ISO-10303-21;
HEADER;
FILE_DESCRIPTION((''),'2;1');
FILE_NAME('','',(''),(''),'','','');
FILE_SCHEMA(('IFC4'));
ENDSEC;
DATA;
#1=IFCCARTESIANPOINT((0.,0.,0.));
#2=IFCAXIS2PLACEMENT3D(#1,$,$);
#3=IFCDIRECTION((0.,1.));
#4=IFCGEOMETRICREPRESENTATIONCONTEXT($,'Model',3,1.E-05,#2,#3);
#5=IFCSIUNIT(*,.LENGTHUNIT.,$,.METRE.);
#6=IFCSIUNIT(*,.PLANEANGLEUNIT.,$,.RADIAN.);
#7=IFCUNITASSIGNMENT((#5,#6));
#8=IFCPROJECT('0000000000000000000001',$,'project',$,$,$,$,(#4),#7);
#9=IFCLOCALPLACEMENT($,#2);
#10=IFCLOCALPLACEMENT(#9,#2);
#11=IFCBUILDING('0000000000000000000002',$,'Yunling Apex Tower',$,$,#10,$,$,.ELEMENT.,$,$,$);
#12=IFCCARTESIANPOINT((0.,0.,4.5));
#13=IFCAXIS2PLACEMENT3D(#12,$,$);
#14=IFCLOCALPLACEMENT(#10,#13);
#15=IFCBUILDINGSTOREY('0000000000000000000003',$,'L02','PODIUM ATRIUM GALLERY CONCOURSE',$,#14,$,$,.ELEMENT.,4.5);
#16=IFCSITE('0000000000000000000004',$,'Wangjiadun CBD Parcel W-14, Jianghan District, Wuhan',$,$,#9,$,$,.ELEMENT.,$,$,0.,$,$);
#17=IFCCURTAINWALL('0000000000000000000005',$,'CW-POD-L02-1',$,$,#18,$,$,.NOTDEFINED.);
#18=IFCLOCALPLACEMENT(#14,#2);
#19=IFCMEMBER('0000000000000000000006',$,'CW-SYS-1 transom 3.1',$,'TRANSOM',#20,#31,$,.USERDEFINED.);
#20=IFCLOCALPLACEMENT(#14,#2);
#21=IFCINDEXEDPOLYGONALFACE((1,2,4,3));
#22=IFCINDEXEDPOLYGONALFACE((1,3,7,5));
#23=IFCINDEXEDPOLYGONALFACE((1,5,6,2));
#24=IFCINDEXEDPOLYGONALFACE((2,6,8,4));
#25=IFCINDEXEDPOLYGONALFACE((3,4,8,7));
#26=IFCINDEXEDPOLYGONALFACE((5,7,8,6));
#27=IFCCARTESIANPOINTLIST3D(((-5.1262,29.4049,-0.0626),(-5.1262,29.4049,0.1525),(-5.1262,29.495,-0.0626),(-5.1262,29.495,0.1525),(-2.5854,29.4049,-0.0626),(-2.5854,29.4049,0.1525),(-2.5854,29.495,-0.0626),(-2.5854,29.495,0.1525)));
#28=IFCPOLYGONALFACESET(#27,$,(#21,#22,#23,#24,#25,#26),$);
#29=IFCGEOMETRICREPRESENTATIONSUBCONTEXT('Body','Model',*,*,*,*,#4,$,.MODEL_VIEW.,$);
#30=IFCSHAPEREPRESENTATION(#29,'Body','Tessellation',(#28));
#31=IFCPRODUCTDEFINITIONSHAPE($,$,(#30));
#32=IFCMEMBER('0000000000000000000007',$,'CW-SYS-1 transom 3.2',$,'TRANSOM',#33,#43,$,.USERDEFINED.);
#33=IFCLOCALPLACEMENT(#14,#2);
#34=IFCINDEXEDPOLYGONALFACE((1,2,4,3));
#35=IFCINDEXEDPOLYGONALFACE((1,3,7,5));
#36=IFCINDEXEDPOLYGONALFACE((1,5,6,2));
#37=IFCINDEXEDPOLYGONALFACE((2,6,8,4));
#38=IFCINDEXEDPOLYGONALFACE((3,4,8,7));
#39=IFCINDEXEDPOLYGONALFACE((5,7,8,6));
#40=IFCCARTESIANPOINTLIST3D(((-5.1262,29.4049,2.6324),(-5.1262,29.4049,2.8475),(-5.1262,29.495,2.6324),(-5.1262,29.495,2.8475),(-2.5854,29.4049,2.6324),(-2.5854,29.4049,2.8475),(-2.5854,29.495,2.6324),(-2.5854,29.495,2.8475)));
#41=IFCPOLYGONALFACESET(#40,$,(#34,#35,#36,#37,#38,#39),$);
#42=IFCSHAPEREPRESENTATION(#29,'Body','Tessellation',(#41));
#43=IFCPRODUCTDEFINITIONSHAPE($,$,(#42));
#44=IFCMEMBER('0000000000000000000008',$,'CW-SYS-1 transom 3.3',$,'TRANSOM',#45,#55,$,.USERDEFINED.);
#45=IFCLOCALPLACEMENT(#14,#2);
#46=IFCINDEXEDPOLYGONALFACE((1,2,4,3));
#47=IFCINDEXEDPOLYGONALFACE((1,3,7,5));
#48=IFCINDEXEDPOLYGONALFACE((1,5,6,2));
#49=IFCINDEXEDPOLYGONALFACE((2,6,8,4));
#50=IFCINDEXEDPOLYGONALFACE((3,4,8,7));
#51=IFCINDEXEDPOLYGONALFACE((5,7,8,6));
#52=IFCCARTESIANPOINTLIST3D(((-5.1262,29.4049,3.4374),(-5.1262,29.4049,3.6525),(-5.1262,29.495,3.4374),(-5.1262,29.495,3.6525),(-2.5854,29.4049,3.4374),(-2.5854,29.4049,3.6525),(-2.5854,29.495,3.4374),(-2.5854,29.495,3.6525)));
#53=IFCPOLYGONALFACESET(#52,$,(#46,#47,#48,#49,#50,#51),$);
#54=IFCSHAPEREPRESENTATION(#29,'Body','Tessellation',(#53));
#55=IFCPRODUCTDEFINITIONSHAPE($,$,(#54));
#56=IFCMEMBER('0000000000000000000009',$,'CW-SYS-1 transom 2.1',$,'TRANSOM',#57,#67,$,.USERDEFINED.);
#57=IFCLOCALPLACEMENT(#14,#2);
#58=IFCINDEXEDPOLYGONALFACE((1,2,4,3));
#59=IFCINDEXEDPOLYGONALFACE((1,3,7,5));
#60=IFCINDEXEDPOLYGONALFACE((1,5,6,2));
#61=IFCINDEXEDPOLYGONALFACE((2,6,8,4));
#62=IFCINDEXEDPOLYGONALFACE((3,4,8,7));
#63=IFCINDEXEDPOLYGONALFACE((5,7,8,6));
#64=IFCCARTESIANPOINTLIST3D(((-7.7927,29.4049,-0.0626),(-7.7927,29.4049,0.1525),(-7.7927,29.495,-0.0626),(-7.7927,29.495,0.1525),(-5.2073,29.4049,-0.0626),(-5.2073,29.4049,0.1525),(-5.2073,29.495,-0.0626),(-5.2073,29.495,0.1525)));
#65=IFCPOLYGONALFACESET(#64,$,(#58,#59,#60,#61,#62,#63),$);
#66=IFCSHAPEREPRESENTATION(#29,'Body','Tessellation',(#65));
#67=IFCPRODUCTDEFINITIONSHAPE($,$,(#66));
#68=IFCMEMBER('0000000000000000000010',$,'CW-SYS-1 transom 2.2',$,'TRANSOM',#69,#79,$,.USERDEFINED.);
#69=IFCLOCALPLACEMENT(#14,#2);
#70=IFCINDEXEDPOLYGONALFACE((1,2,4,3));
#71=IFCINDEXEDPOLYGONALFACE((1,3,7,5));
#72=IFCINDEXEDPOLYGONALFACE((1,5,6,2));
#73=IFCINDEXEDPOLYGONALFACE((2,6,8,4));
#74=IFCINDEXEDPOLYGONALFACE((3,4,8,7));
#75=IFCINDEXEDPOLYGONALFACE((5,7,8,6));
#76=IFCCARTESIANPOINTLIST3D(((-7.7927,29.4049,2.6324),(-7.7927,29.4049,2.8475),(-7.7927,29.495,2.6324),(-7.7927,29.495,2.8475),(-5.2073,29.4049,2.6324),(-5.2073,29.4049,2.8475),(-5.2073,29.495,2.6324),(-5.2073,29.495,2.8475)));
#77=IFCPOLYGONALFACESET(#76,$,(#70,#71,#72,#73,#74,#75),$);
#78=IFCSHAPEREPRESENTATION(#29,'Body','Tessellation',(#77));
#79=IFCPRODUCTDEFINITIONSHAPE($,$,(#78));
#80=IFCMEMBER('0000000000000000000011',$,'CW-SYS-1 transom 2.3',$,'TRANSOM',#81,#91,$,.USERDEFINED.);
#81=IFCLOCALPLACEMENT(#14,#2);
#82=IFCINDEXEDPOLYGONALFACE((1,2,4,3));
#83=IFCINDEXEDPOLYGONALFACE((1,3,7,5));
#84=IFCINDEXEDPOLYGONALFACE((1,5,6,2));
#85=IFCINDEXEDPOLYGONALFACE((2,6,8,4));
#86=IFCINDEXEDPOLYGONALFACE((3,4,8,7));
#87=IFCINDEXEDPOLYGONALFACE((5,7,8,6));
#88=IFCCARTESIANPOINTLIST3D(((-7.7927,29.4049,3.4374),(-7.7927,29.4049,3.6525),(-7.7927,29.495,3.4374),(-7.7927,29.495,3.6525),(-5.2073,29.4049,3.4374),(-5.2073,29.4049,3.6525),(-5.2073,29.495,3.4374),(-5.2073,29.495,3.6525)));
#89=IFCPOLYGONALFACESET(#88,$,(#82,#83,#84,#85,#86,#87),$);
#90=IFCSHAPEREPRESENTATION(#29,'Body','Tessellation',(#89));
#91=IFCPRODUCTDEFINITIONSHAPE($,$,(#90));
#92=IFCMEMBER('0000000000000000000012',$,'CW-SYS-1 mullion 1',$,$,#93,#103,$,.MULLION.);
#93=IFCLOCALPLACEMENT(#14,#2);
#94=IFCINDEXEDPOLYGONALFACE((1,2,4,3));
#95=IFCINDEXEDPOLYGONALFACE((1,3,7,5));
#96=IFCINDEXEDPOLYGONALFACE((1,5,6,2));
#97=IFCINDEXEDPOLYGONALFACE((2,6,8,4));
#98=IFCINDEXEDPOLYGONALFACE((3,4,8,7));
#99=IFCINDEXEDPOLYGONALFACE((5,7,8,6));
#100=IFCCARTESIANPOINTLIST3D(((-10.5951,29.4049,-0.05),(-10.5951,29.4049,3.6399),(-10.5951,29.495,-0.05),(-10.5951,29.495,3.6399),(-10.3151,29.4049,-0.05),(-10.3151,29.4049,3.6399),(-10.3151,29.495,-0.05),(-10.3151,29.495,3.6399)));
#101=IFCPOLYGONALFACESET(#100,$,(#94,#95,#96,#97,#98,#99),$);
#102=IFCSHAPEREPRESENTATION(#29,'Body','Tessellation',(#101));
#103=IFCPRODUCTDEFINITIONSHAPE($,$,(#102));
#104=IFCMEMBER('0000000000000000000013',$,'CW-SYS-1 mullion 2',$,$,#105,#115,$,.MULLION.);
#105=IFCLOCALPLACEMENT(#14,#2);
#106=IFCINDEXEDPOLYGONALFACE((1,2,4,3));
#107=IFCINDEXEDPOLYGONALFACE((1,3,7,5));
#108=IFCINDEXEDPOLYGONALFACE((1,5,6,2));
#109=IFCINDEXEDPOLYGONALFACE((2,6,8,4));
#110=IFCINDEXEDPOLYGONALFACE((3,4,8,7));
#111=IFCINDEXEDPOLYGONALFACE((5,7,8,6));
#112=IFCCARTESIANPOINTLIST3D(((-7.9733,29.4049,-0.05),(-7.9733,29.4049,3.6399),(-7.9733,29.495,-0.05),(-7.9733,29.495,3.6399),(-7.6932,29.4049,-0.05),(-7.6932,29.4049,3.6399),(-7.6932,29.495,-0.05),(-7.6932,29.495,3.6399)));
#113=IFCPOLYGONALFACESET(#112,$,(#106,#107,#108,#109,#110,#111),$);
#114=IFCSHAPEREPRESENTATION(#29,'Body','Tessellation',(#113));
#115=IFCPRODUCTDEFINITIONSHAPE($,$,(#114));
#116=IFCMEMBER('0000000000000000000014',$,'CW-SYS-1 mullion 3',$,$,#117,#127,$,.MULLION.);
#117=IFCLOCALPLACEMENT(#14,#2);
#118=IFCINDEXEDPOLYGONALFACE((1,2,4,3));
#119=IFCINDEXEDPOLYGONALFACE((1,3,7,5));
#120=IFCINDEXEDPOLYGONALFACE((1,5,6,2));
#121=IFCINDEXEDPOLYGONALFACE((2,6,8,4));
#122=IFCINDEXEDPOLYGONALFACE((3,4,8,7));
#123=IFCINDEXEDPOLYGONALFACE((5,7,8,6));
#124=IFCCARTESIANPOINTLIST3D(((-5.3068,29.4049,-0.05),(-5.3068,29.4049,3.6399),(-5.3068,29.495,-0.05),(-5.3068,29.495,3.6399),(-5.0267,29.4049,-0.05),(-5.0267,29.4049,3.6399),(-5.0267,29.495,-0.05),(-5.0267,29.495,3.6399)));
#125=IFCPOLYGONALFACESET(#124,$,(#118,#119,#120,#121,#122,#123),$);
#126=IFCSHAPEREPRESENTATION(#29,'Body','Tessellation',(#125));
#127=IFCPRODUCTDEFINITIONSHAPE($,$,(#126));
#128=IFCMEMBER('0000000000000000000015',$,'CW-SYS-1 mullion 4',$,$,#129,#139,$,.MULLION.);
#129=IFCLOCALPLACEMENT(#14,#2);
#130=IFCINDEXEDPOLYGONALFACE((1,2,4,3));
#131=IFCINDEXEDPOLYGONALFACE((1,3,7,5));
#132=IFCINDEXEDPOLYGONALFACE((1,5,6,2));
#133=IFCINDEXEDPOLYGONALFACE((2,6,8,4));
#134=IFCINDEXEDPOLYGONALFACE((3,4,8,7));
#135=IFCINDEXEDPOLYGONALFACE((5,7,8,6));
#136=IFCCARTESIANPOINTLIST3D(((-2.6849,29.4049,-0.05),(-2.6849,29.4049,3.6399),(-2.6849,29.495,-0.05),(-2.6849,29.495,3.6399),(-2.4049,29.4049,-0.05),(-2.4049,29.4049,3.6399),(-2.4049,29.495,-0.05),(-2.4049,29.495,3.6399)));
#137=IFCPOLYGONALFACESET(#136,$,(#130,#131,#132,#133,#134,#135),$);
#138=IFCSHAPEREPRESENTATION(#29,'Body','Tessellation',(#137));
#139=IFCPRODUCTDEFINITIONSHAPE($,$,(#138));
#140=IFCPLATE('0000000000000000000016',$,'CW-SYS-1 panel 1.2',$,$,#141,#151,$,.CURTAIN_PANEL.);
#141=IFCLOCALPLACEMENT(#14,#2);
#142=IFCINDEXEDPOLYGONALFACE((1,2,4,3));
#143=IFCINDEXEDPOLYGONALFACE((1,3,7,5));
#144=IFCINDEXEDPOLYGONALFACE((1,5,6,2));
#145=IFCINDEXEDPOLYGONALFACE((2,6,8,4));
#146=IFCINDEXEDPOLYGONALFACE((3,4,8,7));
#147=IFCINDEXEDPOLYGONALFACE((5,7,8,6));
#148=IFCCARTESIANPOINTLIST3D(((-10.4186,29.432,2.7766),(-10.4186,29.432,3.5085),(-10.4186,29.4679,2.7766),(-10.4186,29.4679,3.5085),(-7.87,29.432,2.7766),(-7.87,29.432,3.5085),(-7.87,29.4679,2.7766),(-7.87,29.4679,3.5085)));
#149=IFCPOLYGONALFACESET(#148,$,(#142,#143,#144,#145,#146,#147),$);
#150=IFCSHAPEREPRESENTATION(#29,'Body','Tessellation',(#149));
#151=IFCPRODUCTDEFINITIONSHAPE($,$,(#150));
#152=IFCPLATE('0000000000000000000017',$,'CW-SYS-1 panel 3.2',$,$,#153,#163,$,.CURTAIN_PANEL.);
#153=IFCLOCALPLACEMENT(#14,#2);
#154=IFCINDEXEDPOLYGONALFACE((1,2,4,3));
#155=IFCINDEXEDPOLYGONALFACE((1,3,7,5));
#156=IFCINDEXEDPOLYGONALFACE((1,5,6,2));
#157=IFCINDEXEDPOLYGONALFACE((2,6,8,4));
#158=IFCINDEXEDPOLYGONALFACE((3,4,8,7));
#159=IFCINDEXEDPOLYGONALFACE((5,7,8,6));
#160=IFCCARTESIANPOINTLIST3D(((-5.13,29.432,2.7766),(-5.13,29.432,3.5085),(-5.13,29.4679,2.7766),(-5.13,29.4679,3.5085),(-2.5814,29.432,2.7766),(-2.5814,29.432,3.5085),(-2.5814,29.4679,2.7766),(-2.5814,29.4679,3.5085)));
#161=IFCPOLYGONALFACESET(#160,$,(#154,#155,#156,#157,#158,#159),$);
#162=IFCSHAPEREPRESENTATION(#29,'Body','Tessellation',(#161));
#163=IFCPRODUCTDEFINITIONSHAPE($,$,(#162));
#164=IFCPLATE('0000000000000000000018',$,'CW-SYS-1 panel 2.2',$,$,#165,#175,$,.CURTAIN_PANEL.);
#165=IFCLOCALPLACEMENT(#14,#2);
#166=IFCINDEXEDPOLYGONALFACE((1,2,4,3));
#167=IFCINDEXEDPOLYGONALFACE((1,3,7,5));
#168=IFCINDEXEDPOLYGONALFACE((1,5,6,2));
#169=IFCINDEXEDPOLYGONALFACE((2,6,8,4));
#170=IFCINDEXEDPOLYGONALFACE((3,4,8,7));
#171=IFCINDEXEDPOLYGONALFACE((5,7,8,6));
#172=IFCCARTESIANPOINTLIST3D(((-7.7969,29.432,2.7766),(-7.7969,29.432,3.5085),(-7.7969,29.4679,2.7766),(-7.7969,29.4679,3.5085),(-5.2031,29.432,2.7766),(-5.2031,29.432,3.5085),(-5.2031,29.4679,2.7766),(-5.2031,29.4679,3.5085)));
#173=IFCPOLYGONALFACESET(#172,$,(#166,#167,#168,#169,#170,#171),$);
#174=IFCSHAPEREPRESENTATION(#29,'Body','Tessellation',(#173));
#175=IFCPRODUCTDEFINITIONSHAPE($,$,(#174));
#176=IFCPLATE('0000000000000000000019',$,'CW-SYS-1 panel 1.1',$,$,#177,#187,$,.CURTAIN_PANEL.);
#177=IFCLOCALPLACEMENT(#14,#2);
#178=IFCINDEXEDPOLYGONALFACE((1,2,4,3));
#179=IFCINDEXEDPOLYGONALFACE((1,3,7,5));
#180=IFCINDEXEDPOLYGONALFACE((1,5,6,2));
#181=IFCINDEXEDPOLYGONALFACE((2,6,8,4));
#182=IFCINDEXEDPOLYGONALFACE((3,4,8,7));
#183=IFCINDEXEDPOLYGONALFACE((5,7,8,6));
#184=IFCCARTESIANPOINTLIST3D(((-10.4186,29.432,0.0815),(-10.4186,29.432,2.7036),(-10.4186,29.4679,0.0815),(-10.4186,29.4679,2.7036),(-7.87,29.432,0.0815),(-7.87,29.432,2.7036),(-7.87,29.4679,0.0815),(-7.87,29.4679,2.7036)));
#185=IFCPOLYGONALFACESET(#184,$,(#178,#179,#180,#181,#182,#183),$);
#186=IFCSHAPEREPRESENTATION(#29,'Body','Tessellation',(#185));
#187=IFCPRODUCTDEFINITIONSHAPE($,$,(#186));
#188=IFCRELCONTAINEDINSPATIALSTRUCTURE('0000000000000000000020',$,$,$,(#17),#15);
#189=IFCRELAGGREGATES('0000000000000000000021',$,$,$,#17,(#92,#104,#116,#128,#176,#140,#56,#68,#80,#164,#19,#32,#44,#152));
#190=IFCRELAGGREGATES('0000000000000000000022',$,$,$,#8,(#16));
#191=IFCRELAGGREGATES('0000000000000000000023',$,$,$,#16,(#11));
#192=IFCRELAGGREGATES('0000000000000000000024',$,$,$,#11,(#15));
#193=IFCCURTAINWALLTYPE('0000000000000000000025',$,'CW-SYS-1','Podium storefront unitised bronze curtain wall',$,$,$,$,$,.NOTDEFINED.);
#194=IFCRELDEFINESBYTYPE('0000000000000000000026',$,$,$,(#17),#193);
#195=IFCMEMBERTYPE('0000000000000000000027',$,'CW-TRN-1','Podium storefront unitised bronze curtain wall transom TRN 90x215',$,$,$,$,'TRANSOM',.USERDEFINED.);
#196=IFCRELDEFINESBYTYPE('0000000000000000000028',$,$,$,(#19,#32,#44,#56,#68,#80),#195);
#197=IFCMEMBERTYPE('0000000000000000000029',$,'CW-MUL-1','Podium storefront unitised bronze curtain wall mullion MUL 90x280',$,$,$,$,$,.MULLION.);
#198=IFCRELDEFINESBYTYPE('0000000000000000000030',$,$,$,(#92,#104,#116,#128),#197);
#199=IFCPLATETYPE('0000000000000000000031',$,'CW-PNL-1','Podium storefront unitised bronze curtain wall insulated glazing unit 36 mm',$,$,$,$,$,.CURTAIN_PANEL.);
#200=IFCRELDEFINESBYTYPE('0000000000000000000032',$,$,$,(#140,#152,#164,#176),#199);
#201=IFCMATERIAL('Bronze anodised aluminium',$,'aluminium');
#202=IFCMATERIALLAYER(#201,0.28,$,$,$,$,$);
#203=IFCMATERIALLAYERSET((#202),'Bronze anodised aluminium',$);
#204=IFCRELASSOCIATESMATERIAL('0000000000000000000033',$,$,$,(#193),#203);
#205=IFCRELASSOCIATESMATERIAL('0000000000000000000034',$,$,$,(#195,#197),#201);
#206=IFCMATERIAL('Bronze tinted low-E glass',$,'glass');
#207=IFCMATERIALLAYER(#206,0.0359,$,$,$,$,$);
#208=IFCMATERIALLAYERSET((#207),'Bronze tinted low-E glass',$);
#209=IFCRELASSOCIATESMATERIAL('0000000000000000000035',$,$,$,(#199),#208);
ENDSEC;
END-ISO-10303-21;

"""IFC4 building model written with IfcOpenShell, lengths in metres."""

from ifc_helpers import new_model, si_unit, direction, frame, origin, origin_2d, place, context, subcontext, project, spatial, rectangle, extrude, source, transform, mapped, material, layer, layer_set, material_profile, profile_set, type_object, element, aggregate, save


model = new_model("IFC4")

# Units and contexts
model_context = context("Model", 3, precision=1e-05, world=origin(), true_north=direction((0.0, 1.0)))
body_context = subcontext(model_context, "Body", "Model", "MODEL_VIEW")
ifc_project = project(units=[si_unit("LENGTHUNIT", "METRE"), si_unit("PLANEANGLEUNIT", "RADIAN")], contexts=[model_context])

# Site, building, storey
site_placement = place(None, origin())
site = spatial("IfcSite", under=ifc_project, at=site_placement, Name="Wangjiadun CBD Parcel W-14, Jianghan District, Wuhan", CompositionType="ELEMENT", RefElevation=0.0)
building_placement = place(site_placement, origin())
building = spatial("IfcBuilding", under=site, at=building_placement, Name="Yunling Apex Tower", CompositionType="ELEMENT")
storey_placement = place(building_placement, frame((0.0, 0.0, 4.5)))
storey = spatial("IfcBuildingStorey", under=building, at=storey_placement, Name="L02", Description="PODIUM ATRIUM GALLERY CONCOURSE", CompositionType="ELEMENT", Elevation=4.5)

# Curtain wall, members, plates
ifc_material_1 = material(Name="Bronze anodised aluminium", Category="aluminium")
ifc_layer_1 = layer(ifc_material_1, 0.28)
ifc_layer_set_1 = layer_set([ifc_layer_1], Name="Bronze anodised aluminium")
curtain_wall_type = type_object("IfcCurtainWallType", Name="CW-SYS-1", Description="Podium storefront unitised bronze curtain wall", PredefinedType="NOTDEFINED", material=ifc_layer_set_1)
curtain_wall_placement = place(storey_placement, origin())
curtain_wall = element("IfcCurtainWall", 1, at=curtain_wall_placement, inside=storey, type_object=curtain_wall_type, Name="CW-POD-L02-1", PredefinedType="NOTDEFINED")
ifc_material_profile_1 = material_profile(ifc_material_1, rectangle(XDim=0.0901, YDim=0.2151, at=origin_2d()))
ifc_profile_set_1 = profile_set([ifc_material_profile_1], Name="Bronze anodised aluminium")
member_type_1 = type_object("IfcMemberType", Name="CW-TRN-1", Description="Podium storefront unitised bronze curtain wall transom TRN 90x215", ElementType="TRANSOM", PredefinedType="USERDEFINED", material=ifc_profile_set_1)
shared_shape_1 = source(origin(), body_context, "Body", "SweptSolid", [
    extrude(rectangle(XDim=0.0901, YDim=0.2151, at=origin_2d()), origin(), (0.0, 0.0, 1.0), 2.5408),
])
member_1_placement = place(storey_placement, frame((-5.1262, 29.45, 0.0449), z_axis=(1.0, 0.0, 0.0), x_axis=(0.0, 1.0, 0.0)))
member_1 = element("IfcMember", 2, at=member_1_placement, type_object=member_type_1, Name="CW-SYS-1 transom 3.1", ObjectType="TRANSOM", PredefinedType="USERDEFINED", context=body_context, shape_type="MappedRepresentation", body=[
    mapped(shared_shape_1, transform((0.0, 0.0, 0.0), scale=1.0)),
])
member_2_placement = place(storey_placement, frame((-5.1262, 29.45, 2.74), z_axis=(1.0, 0.0, 0.0), x_axis=(0.0, 1.0, 0.0)))
member_2 = element("IfcMember", 3, at=member_2_placement, type_object=member_type_1, Name="CW-SYS-1 transom 3.2", ObjectType="TRANSOM", PredefinedType="USERDEFINED", context=body_context, shape_type="MappedRepresentation", body=[
    mapped(shared_shape_1, transform((0.0, 0.0, 0.0), scale=1.0)),
])
member_3_placement = place(storey_placement, frame((-5.1262, 29.45, 3.5449), z_axis=(1.0, 0.0, 0.0), x_axis=(0.0, 1.0, 0.0)))
member_3 = element("IfcMember", 4, at=member_3_placement, type_object=member_type_1, Name="CW-SYS-1 transom 3.3", ObjectType="TRANSOM", PredefinedType="USERDEFINED", context=body_context, shape_type="MappedRepresentation", body=[
    mapped(shared_shape_1, transform((0.0, 0.0, 0.0), scale=1.0)),
])
shared_shape_2 = source(origin(), body_context, "Body", "SweptSolid", [
    extrude(rectangle(XDim=0.0901, YDim=0.2151, at=origin_2d()), origin(), (0.0, 0.0, 1.0), 2.5854),
])
member_4_placement = place(storey_placement, frame((-7.7927, 29.45, 0.0449), z_axis=(1.0, 0.0, 0.0), x_axis=(0.0, 1.0, 0.0)))
member_4 = element("IfcMember", 5, at=member_4_placement, type_object=member_type_1, Name="CW-SYS-1 transom 2.1", ObjectType="TRANSOM", PredefinedType="USERDEFINED", context=body_context, shape_type="MappedRepresentation", body=[
    mapped(shared_shape_2, transform((0.0, 0.0, 0.0), scale=1.0)),
])
member_5_placement = place(storey_placement, frame((-7.7927, 29.45, 2.74), z_axis=(1.0, 0.0, 0.0), x_axis=(0.0, 1.0, 0.0)))
member_5 = element("IfcMember", 6, at=member_5_placement, type_object=member_type_1, Name="CW-SYS-1 transom 2.2", ObjectType="TRANSOM", PredefinedType="USERDEFINED", context=body_context, shape_type="MappedRepresentation", body=[
    mapped(shared_shape_2, transform((0.0, 0.0, 0.0), scale=1.0)),
])
member_6_placement = place(storey_placement, frame((-7.7927, 29.45, 3.5449), z_axis=(1.0, 0.0, 0.0), x_axis=(0.0, 1.0, 0.0)))
member_6 = element("IfcMember", 7, at=member_6_placement, type_object=member_type_1, Name="CW-SYS-1 transom 2.3", ObjectType="TRANSOM", PredefinedType="USERDEFINED", context=body_context, shape_type="MappedRepresentation", body=[
    mapped(shared_shape_2, transform((0.0, 0.0, 0.0), scale=1.0)),
])
ifc_material_profile_2 = material_profile(ifc_material_1, rectangle(XDim=0.0901, YDim=0.28, at=origin_2d()))
ifc_profile_set_2 = profile_set([ifc_material_profile_2], Name="Bronze anodised aluminium")
member_type_2 = type_object("IfcMemberType", Name="CW-MUL-1", Description="Podium storefront unitised bronze curtain wall mullion MUL 90x280", PredefinedType="MULLION", material=ifc_profile_set_2)
shared_shape_3 = source(origin(), body_context, "Body", "SweptSolid", [
    extrude(rectangle(XDim=0.0901, YDim=0.28, at=origin_2d()), origin(), (0.0, 0.0, 1.0), 3.6899),
])
member_7_placement = place(storey_placement, frame((-10.4551, 29.45, -0.05), z_axis=(0.0, 0.0, 1.0), x_axis=(0.0, 1.0, 0.0)))
member_7 = element("IfcMember", 8, at=member_7_placement, type_object=member_type_2, Name="CW-SYS-1 mullion 1", PredefinedType="MULLION", context=body_context, shape_type="MappedRepresentation", body=[
    mapped(shared_shape_3, transform((0.0, 0.0, 0.0), scale=1.0)),
])
member_8_placement = place(storey_placement, frame((-7.8333, 29.45, -0.05), z_axis=(0.0, 0.0, 1.0), x_axis=(0.0, 1.0, 0.0)))
member_8 = element("IfcMember", 9, at=member_8_placement, type_object=member_type_2, Name="CW-SYS-1 mullion 2", PredefinedType="MULLION", context=body_context, shape_type="MappedRepresentation", body=[
    mapped(shared_shape_3, transform((0.0, 0.0, 0.0), scale=1.0)),
])
member_9_placement = place(storey_placement, frame((-5.1667, 29.45, -0.05), z_axis=(0.0, 0.0, 1.0), x_axis=(0.0, 1.0, 0.0)))
member_9 = element("IfcMember", 10, at=member_9_placement, type_object=member_type_2, Name="CW-SYS-1 mullion 3", PredefinedType="MULLION", context=body_context, shape_type="MappedRepresentation", body=[
    mapped(shared_shape_3, transform((0.0, 0.0, 0.0), scale=1.0)),
])
member_10_placement = place(storey_placement, frame((-2.5449, 29.45, -0.05), z_axis=(0.0, 0.0, 1.0), x_axis=(0.0, 1.0, 0.0)))
member_10 = element("IfcMember", 11, at=member_10_placement, type_object=member_type_2, Name="CW-SYS-1 mullion 4", PredefinedType="MULLION", context=body_context, shape_type="MappedRepresentation", body=[
    mapped(shared_shape_3, transform((0.0, 0.0, 0.0), scale=1.0)),
])
ifc_material_2 = material(Name="Bronze tinted low-E glass", Category="glass")
ifc_layer_2 = layer(ifc_material_2, 0.0359)
ifc_layer_set_2 = layer_set([ifc_layer_2], Name="Bronze tinted low-E glass")
plate_type = type_object("IfcPlateType", Name="CW-PNL-1", Description="Podium storefront unitised bronze curtain wall insulated glazing unit 36 mm", PredefinedType="CURTAIN_PANEL", material=ifc_layer_set_2)
shared_shape_4 = source(origin(), body_context, "Body", "SweptSolid", [
    extrude(rectangle(XDim=2.5486, YDim=0.0359, at=origin_2d()), origin(), (0.0, 0.0, 1.0), 0.7319),
])
plate_1_placement = place(storey_placement, frame((-9.1443, 29.45, 2.7766), z_axis=(0.0, 0.0, 1.0), x_axis=(1.0, 0.0, 0.0)))
plate_1 = element("IfcPlate", 12, at=plate_1_placement, type_object=plate_type, Name="CW-SYS-1 panel 1.2", PredefinedType="CURTAIN_PANEL", context=body_context, shape_type="MappedRepresentation", body=[
    mapped(shared_shape_4, transform((0.0, 0.0, 0.0), scale=1.0)),
])
plate_2_placement = place(storey_placement, frame((-3.8557, 29.45, 2.7766), z_axis=(0.0, 0.0, 1.0), x_axis=(1.0, 0.0, 0.0)))
plate_2 = element("IfcPlate", 13, at=plate_2_placement, type_object=plate_type, Name="CW-SYS-1 panel 3.2", PredefinedType="CURTAIN_PANEL", context=body_context, shape_type="MappedRepresentation", body=[
    mapped(shared_shape_4, transform((0.0, 0.0, 0.0), scale=1.0)),
])
shared_shape_5 = source(origin(), body_context, "Body", "SweptSolid", [
    extrude(rectangle(XDim=2.5938, YDim=0.0359, at=origin_2d()), origin(), (0.0, 0.0, 1.0), 0.7319),
])
plate_3_placement = place(storey_placement, frame((-6.5, 29.45, 2.7766), z_axis=(0.0, 0.0, 1.0), x_axis=(1.0, 0.0, 0.0)))
plate_3 = element("IfcPlate", 14, at=plate_3_placement, type_object=plate_type, Name="CW-SYS-1 panel 2.2", PredefinedType="CURTAIN_PANEL", context=body_context, shape_type="MappedRepresentation", body=[
    mapped(shared_shape_5, transform((0.0, 0.0, 0.0), scale=1.0)),
])
shared_shape_6 = source(origin(), body_context, "Body", "SweptSolid", [
    extrude(rectangle(XDim=2.5486, YDim=0.0359, at=origin_2d()), origin(), (0.0, 0.0, 1.0), 2.6221),
])
plate_4_placement = place(storey_placement, frame((-9.1443, 29.45, 0.0815), z_axis=(0.0, 0.0, 1.0), x_axis=(1.0, 0.0, 0.0)))
plate_4 = element("IfcPlate", 15, at=plate_4_placement, type_object=plate_type, Name="CW-SYS-1 panel 1.1", PredefinedType="CURTAIN_PANEL", context=body_context, shape_type="MappedRepresentation", body=[
    mapped(shared_shape_6, transform((0.0, 0.0, 0.0), scale=1.0)),
])
aggregate(curtain_wall, [member_7, member_8, member_9, member_10, plate_4, plate_1, member_4, member_5, member_6, plate_3, member_1, member_2, member_3, plate_2])

save(model, "model.ifc")
